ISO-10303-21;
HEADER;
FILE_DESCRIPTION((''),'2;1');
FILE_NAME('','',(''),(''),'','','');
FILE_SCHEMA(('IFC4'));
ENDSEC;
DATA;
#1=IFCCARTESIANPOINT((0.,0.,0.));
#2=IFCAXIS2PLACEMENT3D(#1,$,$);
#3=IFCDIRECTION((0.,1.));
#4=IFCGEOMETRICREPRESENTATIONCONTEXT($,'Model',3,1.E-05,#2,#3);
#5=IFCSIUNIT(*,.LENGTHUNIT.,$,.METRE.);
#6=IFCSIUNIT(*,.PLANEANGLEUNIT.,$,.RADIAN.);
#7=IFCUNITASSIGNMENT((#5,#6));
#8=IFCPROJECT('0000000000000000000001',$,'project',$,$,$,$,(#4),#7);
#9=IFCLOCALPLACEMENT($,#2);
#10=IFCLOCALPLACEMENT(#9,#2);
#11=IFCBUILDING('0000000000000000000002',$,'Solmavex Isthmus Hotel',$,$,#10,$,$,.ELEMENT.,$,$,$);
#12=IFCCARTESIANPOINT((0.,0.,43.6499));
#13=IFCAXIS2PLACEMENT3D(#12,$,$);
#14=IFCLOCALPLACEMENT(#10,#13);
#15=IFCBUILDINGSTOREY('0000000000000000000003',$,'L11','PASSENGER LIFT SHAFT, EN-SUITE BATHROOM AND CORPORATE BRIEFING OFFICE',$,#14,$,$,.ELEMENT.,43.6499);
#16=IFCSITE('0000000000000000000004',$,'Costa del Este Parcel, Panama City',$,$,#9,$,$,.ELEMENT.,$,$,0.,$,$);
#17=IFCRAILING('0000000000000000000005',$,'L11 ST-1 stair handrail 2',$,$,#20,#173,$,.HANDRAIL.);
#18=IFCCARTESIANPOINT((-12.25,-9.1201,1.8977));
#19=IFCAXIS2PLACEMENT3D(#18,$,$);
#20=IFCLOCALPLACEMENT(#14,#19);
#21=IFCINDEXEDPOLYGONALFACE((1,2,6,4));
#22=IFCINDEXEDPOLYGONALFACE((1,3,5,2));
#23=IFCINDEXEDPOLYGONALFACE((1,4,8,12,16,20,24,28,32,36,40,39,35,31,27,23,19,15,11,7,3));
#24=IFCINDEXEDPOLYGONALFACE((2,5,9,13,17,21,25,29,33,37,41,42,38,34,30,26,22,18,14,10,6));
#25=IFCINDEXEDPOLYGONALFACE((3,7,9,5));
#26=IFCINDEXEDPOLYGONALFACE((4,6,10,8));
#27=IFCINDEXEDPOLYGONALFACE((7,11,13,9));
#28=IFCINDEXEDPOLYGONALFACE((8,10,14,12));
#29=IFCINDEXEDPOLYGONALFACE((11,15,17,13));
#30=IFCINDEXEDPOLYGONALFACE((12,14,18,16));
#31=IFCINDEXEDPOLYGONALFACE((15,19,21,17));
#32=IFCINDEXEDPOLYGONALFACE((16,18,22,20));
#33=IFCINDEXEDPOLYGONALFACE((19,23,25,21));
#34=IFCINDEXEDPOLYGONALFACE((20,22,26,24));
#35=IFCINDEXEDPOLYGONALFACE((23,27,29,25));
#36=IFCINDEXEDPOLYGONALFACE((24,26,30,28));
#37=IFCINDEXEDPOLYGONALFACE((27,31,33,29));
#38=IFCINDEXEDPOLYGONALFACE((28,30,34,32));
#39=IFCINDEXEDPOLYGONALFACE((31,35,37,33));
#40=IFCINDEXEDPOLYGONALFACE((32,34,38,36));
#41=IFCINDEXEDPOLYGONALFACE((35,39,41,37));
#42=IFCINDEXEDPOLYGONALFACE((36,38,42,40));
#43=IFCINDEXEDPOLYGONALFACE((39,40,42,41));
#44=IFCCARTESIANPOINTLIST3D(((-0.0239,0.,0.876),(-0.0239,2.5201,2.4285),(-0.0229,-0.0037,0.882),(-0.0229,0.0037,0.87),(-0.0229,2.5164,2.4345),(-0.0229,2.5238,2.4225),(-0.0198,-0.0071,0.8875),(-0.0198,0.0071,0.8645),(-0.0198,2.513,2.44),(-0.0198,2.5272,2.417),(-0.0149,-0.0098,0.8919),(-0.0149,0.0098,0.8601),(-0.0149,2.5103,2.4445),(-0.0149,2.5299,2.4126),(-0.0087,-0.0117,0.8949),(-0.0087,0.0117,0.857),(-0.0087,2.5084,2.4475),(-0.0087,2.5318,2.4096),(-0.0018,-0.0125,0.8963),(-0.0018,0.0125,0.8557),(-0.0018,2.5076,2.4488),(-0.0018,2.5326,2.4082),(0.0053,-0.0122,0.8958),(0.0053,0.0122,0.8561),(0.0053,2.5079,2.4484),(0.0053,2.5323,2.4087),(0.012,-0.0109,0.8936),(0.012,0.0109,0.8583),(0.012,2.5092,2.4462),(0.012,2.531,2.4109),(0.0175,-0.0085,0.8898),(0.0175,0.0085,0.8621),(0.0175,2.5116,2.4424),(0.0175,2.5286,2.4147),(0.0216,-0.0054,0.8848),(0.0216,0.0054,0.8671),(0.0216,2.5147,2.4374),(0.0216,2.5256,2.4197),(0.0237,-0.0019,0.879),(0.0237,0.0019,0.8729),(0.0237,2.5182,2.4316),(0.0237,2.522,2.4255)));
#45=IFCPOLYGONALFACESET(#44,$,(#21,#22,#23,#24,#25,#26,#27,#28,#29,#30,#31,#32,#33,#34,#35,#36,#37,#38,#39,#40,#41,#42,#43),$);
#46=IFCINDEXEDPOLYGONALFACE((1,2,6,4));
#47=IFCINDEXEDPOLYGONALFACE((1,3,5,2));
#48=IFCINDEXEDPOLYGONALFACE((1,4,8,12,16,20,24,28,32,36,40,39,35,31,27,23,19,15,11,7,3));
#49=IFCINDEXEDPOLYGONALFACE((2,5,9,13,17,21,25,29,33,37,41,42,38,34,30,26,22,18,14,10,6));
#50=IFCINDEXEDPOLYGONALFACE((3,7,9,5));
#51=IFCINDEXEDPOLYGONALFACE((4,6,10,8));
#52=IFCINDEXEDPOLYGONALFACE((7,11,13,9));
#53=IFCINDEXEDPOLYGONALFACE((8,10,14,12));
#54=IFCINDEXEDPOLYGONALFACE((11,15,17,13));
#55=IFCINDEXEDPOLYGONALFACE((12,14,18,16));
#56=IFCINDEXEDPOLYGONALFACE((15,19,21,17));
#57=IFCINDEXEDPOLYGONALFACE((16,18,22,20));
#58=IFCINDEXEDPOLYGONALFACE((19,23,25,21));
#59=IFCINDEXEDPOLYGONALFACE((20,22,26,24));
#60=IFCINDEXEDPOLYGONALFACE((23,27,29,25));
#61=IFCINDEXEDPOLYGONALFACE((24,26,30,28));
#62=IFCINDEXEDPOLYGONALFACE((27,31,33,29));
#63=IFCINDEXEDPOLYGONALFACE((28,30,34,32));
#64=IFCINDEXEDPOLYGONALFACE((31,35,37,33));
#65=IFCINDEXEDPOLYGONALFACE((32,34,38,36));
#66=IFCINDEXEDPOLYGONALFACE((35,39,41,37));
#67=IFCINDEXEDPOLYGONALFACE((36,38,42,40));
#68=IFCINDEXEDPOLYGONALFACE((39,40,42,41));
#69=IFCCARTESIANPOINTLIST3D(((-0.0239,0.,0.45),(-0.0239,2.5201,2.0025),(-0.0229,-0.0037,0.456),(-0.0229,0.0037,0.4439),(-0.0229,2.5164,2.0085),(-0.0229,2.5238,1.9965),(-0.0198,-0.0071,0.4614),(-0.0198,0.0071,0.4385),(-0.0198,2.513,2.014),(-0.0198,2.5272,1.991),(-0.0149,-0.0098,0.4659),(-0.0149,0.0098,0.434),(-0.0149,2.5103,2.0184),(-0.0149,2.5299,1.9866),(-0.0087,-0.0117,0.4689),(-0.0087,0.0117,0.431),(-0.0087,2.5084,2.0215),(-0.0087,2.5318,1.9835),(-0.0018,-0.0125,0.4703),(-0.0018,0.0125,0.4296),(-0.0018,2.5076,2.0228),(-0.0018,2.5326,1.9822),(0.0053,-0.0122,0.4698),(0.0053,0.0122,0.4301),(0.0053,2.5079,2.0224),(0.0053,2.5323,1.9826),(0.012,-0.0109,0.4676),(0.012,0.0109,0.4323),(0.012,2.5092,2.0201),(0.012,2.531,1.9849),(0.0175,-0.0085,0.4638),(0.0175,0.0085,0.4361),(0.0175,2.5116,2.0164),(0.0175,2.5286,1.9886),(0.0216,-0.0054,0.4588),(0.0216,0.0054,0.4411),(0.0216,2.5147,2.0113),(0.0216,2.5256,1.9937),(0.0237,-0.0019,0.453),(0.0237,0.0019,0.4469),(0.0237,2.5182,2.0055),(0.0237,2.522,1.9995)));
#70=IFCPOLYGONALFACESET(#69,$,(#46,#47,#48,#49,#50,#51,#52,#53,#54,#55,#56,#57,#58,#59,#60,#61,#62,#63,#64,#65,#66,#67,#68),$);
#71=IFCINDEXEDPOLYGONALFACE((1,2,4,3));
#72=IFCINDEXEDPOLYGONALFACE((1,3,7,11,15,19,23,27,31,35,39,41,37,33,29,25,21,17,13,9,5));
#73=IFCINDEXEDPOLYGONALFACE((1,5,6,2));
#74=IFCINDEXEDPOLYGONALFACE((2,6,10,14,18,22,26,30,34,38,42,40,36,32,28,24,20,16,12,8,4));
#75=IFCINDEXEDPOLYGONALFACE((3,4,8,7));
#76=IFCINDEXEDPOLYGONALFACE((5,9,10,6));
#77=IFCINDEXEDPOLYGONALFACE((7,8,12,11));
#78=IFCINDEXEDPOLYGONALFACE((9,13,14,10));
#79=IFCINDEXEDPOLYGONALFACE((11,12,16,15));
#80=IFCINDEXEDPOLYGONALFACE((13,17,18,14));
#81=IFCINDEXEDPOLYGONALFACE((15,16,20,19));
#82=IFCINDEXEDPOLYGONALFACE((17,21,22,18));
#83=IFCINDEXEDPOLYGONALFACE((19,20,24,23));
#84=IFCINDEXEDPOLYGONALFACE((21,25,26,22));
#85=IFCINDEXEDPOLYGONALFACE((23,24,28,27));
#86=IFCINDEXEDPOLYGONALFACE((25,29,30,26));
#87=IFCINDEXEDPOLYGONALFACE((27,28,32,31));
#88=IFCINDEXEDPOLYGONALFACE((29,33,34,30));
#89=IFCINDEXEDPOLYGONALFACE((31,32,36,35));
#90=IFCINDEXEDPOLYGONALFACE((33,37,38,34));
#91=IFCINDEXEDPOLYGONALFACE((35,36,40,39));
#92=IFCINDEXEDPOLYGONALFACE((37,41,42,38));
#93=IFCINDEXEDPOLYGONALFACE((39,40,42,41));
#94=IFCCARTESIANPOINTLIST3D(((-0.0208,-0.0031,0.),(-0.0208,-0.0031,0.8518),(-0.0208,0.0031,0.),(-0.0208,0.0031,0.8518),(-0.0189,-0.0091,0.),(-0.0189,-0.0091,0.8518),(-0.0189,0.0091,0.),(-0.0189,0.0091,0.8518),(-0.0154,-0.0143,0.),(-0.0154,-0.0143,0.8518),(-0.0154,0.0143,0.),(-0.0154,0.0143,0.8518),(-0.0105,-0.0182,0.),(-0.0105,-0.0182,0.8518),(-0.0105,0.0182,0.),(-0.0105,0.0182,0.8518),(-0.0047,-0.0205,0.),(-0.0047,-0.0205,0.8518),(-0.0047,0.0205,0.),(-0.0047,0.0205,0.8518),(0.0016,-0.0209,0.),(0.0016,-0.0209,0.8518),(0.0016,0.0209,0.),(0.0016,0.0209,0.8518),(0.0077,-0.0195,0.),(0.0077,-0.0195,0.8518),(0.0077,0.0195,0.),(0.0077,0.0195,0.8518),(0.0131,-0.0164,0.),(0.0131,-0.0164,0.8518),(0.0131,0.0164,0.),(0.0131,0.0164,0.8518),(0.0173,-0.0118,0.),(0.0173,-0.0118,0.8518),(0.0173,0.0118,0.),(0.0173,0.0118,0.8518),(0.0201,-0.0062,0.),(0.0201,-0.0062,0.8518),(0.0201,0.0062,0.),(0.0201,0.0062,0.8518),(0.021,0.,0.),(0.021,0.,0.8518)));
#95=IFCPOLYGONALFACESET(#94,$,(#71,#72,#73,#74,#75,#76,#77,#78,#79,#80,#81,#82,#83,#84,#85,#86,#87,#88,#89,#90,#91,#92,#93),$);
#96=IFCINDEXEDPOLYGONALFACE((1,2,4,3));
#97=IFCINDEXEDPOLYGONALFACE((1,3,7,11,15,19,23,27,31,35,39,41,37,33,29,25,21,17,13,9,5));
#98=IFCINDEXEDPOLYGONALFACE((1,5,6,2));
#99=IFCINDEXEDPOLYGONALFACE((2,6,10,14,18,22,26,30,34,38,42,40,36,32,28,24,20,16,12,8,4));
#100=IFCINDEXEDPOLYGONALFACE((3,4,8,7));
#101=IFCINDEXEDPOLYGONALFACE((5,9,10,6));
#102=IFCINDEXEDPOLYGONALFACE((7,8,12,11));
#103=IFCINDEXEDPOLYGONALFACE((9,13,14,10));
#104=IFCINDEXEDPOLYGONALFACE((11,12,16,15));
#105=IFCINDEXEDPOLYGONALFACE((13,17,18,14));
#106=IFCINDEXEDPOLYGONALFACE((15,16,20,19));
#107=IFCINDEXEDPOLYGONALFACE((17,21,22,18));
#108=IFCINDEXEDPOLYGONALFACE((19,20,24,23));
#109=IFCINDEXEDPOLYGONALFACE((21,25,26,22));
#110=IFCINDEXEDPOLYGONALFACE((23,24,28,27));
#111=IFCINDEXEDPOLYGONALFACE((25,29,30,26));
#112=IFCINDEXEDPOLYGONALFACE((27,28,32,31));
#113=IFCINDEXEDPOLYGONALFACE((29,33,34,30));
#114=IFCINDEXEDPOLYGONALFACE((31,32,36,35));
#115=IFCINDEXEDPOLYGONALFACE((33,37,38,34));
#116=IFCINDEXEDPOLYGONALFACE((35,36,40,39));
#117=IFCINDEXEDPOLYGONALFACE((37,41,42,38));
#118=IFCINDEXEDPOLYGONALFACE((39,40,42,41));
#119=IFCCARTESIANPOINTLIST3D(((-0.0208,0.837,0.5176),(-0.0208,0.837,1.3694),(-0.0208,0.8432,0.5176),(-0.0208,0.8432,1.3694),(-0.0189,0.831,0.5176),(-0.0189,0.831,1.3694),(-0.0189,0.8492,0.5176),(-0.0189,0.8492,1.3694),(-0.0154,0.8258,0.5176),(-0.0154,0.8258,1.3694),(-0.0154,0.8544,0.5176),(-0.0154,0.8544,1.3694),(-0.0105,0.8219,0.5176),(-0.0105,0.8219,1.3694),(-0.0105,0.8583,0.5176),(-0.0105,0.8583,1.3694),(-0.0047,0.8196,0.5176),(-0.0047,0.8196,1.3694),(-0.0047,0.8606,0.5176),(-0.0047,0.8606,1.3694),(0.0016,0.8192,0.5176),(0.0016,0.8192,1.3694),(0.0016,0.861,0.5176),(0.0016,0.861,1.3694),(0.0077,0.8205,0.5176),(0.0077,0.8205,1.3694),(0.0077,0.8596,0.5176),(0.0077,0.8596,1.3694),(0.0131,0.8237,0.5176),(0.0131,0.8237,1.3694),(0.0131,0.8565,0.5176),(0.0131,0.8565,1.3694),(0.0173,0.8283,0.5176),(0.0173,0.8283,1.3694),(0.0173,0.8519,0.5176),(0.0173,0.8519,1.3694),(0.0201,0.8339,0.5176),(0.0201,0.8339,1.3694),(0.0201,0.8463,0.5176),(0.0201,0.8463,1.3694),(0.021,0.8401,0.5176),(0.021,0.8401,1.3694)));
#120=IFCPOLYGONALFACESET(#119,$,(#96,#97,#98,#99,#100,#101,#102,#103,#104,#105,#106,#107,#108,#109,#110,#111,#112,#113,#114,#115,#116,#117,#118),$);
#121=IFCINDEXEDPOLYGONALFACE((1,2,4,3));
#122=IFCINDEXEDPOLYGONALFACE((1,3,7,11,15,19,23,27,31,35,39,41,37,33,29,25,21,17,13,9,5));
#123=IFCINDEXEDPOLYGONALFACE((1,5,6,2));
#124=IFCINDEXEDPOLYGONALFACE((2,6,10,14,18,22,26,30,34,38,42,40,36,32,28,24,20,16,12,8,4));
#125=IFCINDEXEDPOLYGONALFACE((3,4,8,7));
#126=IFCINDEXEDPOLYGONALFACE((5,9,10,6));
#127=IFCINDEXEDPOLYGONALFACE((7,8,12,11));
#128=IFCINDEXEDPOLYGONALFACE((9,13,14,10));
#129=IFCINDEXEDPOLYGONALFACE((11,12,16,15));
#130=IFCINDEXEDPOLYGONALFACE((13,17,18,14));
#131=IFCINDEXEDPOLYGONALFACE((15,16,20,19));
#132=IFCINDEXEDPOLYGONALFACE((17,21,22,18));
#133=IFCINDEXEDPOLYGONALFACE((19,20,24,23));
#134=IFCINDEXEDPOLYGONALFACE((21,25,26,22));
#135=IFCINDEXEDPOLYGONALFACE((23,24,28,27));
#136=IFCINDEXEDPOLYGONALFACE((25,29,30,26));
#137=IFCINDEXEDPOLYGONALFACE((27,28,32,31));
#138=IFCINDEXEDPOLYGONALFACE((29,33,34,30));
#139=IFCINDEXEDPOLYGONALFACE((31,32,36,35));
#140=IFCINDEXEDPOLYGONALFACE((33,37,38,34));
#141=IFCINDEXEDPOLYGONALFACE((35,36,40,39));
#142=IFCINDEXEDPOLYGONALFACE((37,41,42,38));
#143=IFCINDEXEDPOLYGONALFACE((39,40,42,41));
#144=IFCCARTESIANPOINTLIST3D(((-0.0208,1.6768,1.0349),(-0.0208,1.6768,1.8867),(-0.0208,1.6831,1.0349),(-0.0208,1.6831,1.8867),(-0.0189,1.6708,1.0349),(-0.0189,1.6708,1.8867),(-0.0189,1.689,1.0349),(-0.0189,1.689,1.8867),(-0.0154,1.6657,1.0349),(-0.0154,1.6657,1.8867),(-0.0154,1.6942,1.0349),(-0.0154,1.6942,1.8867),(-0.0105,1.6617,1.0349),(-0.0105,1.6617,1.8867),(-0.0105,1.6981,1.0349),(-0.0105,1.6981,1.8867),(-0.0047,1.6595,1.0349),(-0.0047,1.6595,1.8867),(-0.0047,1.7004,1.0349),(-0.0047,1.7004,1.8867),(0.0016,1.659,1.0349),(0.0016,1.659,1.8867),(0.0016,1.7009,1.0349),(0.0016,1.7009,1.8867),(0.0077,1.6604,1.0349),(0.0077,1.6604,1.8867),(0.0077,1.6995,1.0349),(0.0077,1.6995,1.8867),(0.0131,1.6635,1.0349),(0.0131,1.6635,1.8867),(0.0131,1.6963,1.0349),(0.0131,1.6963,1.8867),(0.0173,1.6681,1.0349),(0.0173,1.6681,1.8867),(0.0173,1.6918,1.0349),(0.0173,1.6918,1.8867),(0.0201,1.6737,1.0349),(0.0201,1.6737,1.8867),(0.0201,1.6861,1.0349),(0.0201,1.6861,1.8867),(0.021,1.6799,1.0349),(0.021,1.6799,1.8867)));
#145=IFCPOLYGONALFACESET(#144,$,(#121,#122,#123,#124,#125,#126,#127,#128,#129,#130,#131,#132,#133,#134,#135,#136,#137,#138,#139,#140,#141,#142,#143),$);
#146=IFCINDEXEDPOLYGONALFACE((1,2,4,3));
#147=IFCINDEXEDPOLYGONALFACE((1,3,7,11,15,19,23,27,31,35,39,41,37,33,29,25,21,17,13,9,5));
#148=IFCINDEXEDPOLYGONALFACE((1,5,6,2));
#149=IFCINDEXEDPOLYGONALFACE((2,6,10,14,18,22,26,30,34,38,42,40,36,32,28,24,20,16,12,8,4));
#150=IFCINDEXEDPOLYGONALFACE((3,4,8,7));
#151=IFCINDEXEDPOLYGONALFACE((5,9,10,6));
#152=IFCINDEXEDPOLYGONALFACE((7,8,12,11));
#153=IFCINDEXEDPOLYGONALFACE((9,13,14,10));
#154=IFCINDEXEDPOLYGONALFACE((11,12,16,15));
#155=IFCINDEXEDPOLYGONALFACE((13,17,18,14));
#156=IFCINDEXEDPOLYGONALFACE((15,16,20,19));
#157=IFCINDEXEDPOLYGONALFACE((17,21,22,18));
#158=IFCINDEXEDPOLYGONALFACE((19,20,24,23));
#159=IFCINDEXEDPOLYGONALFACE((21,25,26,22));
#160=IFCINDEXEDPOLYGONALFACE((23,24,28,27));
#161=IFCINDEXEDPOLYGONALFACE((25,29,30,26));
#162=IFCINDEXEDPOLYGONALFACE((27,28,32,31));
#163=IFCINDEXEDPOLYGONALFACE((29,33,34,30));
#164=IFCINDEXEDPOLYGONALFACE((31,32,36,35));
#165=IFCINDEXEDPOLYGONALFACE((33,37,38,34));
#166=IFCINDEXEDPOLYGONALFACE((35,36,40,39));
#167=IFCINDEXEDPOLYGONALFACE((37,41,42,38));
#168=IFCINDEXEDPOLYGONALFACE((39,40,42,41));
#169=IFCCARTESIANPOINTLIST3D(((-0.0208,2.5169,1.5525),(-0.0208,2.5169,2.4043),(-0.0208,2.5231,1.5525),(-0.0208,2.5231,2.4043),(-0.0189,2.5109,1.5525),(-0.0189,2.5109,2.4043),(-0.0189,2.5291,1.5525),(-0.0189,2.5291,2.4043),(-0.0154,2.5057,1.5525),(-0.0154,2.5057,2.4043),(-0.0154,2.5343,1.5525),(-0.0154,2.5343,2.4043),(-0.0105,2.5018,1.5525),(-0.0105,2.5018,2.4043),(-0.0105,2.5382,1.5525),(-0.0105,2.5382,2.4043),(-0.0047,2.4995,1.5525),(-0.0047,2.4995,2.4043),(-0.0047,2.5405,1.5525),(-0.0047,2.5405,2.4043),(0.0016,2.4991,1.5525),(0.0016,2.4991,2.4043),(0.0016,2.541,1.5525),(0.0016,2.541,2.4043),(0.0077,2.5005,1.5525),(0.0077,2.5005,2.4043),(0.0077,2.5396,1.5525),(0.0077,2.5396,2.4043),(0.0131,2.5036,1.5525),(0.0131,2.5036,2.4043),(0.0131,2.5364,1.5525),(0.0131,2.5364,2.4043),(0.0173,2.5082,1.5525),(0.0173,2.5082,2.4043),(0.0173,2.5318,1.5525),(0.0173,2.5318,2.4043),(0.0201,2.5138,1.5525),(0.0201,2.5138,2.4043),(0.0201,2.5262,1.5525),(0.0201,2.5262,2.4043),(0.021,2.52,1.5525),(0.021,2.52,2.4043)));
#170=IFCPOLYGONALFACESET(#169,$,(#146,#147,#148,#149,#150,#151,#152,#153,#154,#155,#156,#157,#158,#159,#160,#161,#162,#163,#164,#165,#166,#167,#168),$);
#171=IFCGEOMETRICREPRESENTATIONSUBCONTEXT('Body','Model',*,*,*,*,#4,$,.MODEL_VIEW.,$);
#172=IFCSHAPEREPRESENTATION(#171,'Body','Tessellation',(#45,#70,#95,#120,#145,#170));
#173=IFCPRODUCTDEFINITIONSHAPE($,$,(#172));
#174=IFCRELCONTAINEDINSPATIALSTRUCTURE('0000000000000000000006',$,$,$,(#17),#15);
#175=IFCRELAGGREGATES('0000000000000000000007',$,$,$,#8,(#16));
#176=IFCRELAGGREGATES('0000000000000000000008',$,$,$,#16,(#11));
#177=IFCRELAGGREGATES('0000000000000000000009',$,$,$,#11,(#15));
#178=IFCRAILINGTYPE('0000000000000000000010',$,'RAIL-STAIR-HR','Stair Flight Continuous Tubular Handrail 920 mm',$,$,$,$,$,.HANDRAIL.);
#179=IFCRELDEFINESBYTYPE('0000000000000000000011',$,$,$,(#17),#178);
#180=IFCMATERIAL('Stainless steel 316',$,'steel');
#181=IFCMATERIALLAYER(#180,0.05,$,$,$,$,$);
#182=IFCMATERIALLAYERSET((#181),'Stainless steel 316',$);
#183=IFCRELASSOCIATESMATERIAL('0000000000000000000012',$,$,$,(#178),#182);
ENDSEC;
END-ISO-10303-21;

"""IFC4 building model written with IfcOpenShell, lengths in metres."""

from ifc_helpers import new_model, si_unit, direction, frame, origin, origin_2d, place, context, subcontext, project, spatial, circle, extrude, material, layer, layer_set, type_object, element, save


model = new_model("IFC4")

# Units and contexts
model_context = context("Model", 3, precision=1e-05, world=origin(), true_north=direction((0.0, 1.0)))
body_context = subcontext(model_context, "Body", "Model", "MODEL_VIEW")
ifc_project = project(units=[si_unit("LENGTHUNIT", "METRE"), si_unit("PLANEANGLEUNIT", "RADIAN")], contexts=[model_context])

# Site, building, storey
site_placement = place(None, origin())
site = spatial("IfcSite", under=ifc_project, at=site_placement, Name="Costa del Este Parcel, Panama City", CompositionType="ELEMENT", RefElevation=0.0)
building_placement = place(site_placement, origin())
building = spatial("IfcBuilding", under=site, at=building_placement, Name="Solmavex Isthmus Hotel", CompositionType="ELEMENT")
storey_placement = place(building_placement, frame((0.0, 0.0, 43.6499)))
storey = spatial("IfcBuildingStorey", under=building, at=storey_placement, Name="L11", Description="PASSENGER LIFT SHAFT, EN-SUITE BATHROOM AND CORPORATE BRIEFING OFFICE", CompositionType="ELEMENT", Elevation=43.6499)

# Shared definitions
ifc_material_1 = material(Name="Stainless steel 316", Category="steel")

# Railing
ifc_layer_1 = layer(ifc_material_1, 0.05)
ifc_layer_set_1 = layer_set([ifc_layer_1], Name="Stainless steel 316")
railing_type_1 = type_object("IfcRailingType", Name="RAIL-STAIR-HR", Description="Stair Flight Continuous Tubular Handrail 920 mm", PredefinedType="HANDRAIL", material=ifc_layer_set_1)
railing_1_placement = place(storey_placement, frame((-12.25, -9.1201, 1.8977)))
element("IfcRailing", 1, at=railing_1_placement, inside=storey, type_object=railing_type_1, Name="L11 ST-1 stair handrail 2", PredefinedType="HANDRAIL", context=body_context, shape_type="SweptSolid", body=[
    extrude(circle(Radius=0.0239, at=origin_2d()), frame((0.0, 0.0, 0.876), z_axis=(0.0, 0.8514, 0.524516), x_axis=(-1.0, 0.0, 0.0)), (0.0, 0.0, 1.0), 2.96),
    extrude(circle(Radius=0.0239, at=origin_2d()), frame((0.0, 0.0, 0.45), z_axis=(0.0, 0.8514, 0.524516), x_axis=(-1.0, 0.0, 0.0)), (0.0, 0.0, 1.0), 2.96),
    extrude(circle(Radius=0.021, at=origin_2d()), origin(), (0.0, 0.0, 1.0), 0.8518),
    extrude(circle(Radius=0.021, at=origin_2d()), frame((0.0, 0.8401, 0.5176)), (0.0, 0.0, 1.0), 0.8518),
    extrude(circle(Radius=0.021, at=origin_2d()), frame((0.0, 1.6799, 1.0349)), (0.0, 0.0, 1.0), 0.8518),
    extrude(circle(Radius=0.021, at=origin_2d()), frame((0.0, 2.52, 1.5525)), (0.0, 0.0, 1.0), 0.8518),
])

save(model, "model.ifc")
